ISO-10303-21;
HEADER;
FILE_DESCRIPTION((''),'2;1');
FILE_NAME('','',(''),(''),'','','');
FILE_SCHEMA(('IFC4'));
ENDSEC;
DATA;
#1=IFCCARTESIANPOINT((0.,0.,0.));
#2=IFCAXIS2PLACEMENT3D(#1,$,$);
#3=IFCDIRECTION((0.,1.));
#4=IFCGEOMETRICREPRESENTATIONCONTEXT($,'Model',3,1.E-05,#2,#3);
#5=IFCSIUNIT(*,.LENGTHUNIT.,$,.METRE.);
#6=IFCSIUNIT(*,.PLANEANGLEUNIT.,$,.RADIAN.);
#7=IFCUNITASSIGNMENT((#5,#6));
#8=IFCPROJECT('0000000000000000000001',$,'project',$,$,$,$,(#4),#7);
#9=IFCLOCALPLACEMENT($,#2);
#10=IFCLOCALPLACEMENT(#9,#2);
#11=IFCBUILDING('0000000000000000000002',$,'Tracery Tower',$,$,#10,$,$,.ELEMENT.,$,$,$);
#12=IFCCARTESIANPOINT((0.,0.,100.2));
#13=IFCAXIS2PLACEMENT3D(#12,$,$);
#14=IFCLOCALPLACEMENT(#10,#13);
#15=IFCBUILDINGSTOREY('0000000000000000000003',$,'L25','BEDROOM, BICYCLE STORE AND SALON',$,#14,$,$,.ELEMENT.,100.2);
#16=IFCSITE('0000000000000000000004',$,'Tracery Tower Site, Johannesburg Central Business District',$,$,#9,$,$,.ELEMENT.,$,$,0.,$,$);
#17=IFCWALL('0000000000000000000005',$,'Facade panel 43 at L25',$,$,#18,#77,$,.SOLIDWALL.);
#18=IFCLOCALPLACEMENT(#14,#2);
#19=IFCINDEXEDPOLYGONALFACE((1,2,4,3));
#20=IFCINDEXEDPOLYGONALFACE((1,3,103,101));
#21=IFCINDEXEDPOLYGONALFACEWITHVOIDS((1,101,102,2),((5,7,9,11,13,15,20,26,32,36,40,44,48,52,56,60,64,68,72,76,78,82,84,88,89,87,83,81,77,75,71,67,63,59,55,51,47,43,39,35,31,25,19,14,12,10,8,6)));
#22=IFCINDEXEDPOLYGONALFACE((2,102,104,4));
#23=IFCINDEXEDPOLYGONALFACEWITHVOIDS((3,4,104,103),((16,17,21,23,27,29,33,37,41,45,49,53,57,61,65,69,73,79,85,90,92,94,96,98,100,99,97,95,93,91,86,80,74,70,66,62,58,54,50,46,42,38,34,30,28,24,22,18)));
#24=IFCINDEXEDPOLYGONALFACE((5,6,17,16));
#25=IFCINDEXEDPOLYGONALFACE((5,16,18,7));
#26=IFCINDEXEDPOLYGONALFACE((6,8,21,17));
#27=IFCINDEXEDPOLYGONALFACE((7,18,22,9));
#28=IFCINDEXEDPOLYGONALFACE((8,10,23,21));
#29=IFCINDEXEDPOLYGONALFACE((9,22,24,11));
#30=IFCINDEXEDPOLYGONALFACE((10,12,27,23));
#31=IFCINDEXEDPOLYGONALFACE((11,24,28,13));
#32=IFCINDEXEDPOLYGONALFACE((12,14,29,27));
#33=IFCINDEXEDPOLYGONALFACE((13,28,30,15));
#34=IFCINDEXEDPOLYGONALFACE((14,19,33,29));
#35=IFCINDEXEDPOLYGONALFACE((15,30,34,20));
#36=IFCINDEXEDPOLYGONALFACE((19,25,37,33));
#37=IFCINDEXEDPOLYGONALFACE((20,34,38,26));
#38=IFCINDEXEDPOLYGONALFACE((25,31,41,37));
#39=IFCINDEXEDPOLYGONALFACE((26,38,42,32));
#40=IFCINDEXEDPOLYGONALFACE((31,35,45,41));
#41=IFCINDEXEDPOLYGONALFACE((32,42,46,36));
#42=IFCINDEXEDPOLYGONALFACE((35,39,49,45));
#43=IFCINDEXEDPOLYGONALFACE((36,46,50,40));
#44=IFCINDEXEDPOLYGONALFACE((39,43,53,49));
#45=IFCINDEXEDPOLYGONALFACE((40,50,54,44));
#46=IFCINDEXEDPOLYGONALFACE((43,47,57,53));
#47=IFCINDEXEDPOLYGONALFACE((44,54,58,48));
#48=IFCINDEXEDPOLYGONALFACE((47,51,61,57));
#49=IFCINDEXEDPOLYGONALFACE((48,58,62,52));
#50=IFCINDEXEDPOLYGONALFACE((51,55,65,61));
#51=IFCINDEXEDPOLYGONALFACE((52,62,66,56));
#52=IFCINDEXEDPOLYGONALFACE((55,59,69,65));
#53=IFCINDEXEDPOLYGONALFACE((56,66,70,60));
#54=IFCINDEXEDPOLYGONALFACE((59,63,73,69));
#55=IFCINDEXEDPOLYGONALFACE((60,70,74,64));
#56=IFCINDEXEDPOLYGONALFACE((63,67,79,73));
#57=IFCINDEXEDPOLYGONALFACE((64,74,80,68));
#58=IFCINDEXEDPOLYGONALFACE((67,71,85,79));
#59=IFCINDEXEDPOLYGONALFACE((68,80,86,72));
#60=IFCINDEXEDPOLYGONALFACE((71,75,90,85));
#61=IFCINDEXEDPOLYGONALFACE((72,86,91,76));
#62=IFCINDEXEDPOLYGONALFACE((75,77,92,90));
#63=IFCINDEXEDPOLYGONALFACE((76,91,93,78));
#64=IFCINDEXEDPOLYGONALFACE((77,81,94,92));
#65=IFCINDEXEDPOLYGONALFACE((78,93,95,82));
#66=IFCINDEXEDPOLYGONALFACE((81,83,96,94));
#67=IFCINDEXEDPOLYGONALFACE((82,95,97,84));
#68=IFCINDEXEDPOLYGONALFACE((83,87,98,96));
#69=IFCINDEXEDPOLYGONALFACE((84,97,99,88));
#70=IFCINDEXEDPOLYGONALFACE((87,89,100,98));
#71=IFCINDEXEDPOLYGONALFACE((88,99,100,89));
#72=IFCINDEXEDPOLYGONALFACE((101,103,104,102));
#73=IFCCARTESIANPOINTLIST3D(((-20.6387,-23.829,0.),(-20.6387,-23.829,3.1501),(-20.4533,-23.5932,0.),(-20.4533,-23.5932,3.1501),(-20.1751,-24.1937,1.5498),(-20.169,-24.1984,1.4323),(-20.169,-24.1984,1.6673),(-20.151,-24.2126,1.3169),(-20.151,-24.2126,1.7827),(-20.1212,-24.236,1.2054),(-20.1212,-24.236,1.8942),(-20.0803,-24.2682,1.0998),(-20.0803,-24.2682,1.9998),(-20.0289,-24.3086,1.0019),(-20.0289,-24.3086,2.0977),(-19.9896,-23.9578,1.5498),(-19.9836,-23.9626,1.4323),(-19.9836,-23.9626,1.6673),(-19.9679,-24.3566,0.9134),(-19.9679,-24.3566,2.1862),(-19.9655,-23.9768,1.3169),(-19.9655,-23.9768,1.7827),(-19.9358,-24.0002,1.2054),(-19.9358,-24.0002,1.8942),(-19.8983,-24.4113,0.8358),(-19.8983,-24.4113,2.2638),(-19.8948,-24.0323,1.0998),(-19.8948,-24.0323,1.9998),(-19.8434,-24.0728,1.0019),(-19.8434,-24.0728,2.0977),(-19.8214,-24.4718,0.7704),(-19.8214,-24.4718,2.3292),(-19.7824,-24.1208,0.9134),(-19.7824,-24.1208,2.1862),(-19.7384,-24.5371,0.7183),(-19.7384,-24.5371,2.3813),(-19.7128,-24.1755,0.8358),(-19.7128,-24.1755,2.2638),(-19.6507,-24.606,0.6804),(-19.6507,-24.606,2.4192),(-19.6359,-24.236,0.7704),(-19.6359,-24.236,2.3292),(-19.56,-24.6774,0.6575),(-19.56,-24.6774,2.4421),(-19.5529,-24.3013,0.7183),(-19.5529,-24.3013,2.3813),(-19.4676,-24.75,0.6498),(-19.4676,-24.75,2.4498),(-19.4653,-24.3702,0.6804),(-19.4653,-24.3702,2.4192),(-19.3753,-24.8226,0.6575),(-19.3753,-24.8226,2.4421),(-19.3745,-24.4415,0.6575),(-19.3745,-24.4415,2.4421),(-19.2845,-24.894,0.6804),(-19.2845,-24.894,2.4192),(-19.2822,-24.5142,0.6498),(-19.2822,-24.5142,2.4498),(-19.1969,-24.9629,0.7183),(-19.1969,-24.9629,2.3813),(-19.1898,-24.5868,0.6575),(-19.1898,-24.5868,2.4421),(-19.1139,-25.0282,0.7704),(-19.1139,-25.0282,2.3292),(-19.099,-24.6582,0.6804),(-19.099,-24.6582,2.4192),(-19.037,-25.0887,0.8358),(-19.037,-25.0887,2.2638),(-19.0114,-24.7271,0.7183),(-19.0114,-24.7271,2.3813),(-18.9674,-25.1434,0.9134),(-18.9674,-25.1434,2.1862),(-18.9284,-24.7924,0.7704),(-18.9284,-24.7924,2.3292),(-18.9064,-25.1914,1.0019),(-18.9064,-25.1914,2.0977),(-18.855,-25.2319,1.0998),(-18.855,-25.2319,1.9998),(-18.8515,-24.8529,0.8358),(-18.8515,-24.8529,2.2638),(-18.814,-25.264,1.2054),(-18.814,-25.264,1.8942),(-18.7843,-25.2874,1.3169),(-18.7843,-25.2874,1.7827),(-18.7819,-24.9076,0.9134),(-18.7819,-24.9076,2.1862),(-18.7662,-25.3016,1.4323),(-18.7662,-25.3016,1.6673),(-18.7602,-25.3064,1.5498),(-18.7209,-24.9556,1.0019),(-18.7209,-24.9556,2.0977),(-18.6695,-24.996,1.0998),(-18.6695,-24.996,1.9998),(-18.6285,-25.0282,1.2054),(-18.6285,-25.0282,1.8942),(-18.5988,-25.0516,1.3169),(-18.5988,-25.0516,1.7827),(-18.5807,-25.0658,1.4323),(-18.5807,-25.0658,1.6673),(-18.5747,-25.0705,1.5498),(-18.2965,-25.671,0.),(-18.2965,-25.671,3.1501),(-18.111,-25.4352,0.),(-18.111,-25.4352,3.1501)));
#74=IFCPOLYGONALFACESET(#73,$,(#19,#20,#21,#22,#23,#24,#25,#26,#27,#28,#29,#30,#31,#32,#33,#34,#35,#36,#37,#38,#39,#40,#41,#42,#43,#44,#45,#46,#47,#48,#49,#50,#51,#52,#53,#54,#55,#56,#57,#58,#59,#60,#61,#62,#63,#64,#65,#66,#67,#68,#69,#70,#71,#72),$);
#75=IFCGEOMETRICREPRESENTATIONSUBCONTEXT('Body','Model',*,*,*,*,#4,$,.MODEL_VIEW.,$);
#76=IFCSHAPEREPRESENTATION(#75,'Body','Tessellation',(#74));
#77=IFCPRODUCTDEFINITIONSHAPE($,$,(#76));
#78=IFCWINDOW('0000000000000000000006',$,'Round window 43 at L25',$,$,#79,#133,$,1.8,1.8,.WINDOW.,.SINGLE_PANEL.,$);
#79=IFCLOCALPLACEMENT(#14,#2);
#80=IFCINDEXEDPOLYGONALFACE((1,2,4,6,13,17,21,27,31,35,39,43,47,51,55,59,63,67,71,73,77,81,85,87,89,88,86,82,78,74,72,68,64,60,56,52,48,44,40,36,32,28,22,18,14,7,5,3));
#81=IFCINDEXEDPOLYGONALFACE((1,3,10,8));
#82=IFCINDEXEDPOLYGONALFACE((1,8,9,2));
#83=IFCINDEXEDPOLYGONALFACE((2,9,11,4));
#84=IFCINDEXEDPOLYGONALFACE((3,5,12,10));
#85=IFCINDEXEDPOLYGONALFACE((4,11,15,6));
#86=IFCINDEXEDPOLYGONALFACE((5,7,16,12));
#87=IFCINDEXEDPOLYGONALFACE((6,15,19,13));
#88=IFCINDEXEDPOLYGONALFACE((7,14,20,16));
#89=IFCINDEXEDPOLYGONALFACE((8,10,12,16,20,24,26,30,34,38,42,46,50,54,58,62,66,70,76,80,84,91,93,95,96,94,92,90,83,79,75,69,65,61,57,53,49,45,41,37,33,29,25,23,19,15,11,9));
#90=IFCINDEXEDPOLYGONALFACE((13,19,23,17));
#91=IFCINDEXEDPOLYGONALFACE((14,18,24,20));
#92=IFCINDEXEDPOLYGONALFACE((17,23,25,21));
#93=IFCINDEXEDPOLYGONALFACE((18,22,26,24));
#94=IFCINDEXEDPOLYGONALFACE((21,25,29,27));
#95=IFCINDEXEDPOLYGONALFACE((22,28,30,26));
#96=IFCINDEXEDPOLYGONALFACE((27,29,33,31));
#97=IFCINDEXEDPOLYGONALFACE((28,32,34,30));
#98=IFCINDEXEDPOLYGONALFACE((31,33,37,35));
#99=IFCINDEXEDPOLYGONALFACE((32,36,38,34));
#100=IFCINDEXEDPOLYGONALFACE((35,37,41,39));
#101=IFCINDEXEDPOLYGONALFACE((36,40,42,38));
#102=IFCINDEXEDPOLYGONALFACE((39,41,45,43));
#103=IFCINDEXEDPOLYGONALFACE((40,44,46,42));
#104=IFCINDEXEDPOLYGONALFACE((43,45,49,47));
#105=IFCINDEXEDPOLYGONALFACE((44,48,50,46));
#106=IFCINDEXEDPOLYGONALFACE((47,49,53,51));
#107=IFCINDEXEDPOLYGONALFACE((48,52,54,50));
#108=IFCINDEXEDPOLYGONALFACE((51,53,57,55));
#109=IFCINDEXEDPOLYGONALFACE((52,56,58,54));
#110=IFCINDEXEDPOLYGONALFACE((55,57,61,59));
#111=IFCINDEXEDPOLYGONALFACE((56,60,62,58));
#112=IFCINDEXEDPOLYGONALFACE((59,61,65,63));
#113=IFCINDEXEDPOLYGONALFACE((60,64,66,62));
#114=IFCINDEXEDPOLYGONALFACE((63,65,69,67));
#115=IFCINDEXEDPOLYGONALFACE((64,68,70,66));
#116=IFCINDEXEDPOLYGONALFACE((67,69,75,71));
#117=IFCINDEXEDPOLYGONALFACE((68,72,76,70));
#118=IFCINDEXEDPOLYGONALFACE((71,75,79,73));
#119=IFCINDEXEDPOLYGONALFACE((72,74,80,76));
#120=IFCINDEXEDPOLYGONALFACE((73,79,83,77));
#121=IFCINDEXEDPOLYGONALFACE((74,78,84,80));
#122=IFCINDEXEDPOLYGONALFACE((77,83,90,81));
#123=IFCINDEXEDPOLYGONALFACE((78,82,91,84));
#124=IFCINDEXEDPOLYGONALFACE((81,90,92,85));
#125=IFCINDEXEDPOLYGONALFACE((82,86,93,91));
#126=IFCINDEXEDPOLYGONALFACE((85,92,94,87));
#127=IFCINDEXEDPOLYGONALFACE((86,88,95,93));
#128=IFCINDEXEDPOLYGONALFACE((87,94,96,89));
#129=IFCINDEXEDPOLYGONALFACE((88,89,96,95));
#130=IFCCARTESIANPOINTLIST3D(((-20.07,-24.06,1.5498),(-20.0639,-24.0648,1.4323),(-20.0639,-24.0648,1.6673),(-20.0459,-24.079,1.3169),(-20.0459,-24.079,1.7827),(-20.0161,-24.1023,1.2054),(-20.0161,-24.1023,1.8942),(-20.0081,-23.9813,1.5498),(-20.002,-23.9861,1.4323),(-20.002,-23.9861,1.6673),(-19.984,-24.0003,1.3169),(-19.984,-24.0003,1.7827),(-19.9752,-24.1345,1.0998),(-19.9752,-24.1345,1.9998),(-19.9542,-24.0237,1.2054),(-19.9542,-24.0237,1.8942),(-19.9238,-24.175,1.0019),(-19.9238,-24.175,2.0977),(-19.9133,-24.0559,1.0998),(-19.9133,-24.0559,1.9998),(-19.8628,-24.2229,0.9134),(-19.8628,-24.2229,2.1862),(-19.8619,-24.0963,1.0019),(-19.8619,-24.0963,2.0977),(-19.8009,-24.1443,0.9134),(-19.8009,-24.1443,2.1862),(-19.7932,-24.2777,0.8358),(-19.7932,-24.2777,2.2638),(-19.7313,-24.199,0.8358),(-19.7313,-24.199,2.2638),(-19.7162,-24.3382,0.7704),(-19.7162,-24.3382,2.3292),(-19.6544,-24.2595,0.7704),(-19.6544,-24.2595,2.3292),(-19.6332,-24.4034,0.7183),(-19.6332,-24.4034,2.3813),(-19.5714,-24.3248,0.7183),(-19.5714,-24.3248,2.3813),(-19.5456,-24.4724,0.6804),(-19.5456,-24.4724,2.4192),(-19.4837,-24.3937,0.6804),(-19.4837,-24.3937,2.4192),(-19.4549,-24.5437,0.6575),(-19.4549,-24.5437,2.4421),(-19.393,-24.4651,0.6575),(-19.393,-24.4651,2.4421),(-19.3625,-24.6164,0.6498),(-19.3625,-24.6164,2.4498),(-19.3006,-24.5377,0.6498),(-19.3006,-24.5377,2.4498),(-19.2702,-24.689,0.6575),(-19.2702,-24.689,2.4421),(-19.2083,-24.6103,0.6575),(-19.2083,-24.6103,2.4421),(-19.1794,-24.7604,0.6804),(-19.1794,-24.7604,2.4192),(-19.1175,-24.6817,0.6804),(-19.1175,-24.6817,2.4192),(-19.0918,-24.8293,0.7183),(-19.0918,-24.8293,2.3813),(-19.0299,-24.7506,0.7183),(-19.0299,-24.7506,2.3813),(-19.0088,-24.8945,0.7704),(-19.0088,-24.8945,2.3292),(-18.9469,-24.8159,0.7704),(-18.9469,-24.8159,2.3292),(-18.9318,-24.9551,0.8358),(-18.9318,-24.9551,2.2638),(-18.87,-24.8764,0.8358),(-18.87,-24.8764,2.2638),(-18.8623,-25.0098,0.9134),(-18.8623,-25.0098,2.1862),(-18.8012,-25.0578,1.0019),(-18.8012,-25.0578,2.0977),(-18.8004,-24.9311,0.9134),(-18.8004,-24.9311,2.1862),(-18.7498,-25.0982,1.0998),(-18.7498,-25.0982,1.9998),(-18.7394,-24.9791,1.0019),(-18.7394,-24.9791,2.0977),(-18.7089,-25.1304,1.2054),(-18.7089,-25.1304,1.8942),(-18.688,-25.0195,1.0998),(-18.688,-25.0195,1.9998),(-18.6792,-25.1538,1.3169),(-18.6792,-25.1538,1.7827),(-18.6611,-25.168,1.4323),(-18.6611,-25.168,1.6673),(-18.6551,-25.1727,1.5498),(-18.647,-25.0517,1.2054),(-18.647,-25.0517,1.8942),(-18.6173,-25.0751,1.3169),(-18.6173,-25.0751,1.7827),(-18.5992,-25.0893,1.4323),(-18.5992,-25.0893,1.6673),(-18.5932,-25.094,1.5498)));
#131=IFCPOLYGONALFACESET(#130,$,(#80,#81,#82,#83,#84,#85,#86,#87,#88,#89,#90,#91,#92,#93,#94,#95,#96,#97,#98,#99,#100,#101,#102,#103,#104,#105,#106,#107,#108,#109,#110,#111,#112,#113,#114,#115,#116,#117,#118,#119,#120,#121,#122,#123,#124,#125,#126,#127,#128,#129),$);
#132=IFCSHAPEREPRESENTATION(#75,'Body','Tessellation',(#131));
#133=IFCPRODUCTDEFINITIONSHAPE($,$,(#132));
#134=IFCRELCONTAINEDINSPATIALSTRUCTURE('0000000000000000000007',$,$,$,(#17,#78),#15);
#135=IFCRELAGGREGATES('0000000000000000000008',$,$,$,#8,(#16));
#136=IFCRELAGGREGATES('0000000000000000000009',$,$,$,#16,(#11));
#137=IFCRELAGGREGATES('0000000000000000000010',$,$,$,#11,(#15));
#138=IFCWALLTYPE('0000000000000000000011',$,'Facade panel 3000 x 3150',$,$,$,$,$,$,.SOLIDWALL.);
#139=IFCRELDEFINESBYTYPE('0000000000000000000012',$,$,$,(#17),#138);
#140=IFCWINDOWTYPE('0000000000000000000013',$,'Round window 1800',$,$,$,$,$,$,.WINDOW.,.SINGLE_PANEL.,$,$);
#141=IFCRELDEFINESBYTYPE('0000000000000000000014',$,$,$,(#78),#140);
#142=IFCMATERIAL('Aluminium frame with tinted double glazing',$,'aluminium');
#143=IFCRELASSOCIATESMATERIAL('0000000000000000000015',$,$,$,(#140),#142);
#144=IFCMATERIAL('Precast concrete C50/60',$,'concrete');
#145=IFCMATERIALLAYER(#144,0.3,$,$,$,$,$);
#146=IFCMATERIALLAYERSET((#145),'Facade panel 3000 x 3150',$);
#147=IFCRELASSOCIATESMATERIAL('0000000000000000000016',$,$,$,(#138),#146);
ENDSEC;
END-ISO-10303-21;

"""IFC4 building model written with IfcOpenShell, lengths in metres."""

from ifc_helpers import new_model, si_unit, direction, frame, frame_2d, origin, origin_2d, place, context, subcontext, project, spatial, rectangle, circle, extrude, material, layer, layer_set, type_object, element, fill, save


model = new_model("IFC4")

# Units and contexts
model_context = context("Model", 3, precision=1e-05, world=origin(), true_north=direction((0.0, 1.0)))
body_context = subcontext(model_context, "Body", "Model", "MODEL_VIEW")
ifc_project = project(units=[si_unit("LENGTHUNIT", "METRE"), si_unit("PLANEANGLEUNIT", "RADIAN")], contexts=[model_context])

# Site, building, storey
site_placement = place(None, origin())
site = spatial("IfcSite", under=ifc_project, at=site_placement, Name="Tracery Tower Site, Johannesburg Central Business District", CompositionType="ELEMENT", RefElevation=0.0)
building_placement = place(site_placement, origin())
building = spatial("IfcBuilding", under=site, at=building_placement, Name="Tracery Tower", CompositionType="ELEMENT")
storey_placement = place(building_placement, frame((0.0, 0.0, 100.2)))
storey = spatial("IfcBuildingStorey", under=building, at=storey_placement, Name="L25", Description="BEDROOM, BICYCLE STORE AND SALON", CompositionType="ELEMENT", Elevation=100.2)

# Wall, opening, window
ifc_material_1 = material(Name="Aluminium frame with tinted double glazing", Category="aluminium")
window_type = type_object("IfcWindowType", Name="Round window 1800", PartitioningType="SINGLE_PANEL", PredefinedType="WINDOW", material=ifc_material_1)
ifc_material_2 = material(Name="Precast concrete C50/60", Category="concrete")
ifc_layer_1 = layer(ifc_material_2, 0.3)
ifc_layer_set_1 = layer_set([ifc_layer_1], Name="Facade panel 3000 x 3150")
wall_type_1 = type_object("IfcWallType", Name="Facade panel 3000 x 3150", PredefinedType="SOLIDWALL", material=ifc_layer_set_1)
wall_1_placement = place(storey_placement, frame((-20.5459, -23.7112, 0.0), z_axis=(0.0, 0.0, 1.0), x_axis=(0.786045, -0.618169, 0.0)))
wall_1 = element("IfcWall", 1, at=wall_1_placement, inside=storey, type_object=wall_type_1, Name="Facade panel 43 at L25", PredefinedType="SOLIDWALL", context=body_context, shape_type="SweptSolid", body=[
    extrude(rectangle(XDim=2.9797, YDim=0.3, at=frame_2d((1.4897, 0.0))), origin(), (0.0, 0.0, 1.0), 3.1501),
])
opening_1_placement = place(wall_1_placement, frame((1.4897, 0.0, 1.5498)))
opening_1 = element("IfcOpeningElement", 2, at=opening_1_placement, cuts=wall_1, PredefinedType="OPENING", context=body_context, shape_type="SweptSolid", body=[
    extrude(circle(Radius=0.9, at=origin_2d()), frame((0.0, 0.1599, 0.0), z_axis=(0.0, -1.0, 0.0), x_axis=(1.0, 0.0, 0.0)), (0.0, 0.0, 1.0), 0.3201),
])
window_1_placement = place(opening_1_placement, origin())
window_1 = element("IfcWindow", 3, at=window_1_placement, inside=storey, type_object=window_type, Name="Round window 43 at L25", OverallHeight=1.8, OverallWidth=1.8, PartitioningType="SINGLE_PANEL", PredefinedType="WINDOW", context=body_context, shape_type="SweptSolid", body=[
    extrude(circle(Radius=0.9, at=origin_2d()), frame((0.0, 0.1201, 0.0), z_axis=(0.0, -1.0, 0.0), x_axis=(1.0, 0.0, 0.0)), (0.0, 0.0, 1.0), 0.1001),
])
fill(opening_1, window_1)

save(model, "model.ifc")
